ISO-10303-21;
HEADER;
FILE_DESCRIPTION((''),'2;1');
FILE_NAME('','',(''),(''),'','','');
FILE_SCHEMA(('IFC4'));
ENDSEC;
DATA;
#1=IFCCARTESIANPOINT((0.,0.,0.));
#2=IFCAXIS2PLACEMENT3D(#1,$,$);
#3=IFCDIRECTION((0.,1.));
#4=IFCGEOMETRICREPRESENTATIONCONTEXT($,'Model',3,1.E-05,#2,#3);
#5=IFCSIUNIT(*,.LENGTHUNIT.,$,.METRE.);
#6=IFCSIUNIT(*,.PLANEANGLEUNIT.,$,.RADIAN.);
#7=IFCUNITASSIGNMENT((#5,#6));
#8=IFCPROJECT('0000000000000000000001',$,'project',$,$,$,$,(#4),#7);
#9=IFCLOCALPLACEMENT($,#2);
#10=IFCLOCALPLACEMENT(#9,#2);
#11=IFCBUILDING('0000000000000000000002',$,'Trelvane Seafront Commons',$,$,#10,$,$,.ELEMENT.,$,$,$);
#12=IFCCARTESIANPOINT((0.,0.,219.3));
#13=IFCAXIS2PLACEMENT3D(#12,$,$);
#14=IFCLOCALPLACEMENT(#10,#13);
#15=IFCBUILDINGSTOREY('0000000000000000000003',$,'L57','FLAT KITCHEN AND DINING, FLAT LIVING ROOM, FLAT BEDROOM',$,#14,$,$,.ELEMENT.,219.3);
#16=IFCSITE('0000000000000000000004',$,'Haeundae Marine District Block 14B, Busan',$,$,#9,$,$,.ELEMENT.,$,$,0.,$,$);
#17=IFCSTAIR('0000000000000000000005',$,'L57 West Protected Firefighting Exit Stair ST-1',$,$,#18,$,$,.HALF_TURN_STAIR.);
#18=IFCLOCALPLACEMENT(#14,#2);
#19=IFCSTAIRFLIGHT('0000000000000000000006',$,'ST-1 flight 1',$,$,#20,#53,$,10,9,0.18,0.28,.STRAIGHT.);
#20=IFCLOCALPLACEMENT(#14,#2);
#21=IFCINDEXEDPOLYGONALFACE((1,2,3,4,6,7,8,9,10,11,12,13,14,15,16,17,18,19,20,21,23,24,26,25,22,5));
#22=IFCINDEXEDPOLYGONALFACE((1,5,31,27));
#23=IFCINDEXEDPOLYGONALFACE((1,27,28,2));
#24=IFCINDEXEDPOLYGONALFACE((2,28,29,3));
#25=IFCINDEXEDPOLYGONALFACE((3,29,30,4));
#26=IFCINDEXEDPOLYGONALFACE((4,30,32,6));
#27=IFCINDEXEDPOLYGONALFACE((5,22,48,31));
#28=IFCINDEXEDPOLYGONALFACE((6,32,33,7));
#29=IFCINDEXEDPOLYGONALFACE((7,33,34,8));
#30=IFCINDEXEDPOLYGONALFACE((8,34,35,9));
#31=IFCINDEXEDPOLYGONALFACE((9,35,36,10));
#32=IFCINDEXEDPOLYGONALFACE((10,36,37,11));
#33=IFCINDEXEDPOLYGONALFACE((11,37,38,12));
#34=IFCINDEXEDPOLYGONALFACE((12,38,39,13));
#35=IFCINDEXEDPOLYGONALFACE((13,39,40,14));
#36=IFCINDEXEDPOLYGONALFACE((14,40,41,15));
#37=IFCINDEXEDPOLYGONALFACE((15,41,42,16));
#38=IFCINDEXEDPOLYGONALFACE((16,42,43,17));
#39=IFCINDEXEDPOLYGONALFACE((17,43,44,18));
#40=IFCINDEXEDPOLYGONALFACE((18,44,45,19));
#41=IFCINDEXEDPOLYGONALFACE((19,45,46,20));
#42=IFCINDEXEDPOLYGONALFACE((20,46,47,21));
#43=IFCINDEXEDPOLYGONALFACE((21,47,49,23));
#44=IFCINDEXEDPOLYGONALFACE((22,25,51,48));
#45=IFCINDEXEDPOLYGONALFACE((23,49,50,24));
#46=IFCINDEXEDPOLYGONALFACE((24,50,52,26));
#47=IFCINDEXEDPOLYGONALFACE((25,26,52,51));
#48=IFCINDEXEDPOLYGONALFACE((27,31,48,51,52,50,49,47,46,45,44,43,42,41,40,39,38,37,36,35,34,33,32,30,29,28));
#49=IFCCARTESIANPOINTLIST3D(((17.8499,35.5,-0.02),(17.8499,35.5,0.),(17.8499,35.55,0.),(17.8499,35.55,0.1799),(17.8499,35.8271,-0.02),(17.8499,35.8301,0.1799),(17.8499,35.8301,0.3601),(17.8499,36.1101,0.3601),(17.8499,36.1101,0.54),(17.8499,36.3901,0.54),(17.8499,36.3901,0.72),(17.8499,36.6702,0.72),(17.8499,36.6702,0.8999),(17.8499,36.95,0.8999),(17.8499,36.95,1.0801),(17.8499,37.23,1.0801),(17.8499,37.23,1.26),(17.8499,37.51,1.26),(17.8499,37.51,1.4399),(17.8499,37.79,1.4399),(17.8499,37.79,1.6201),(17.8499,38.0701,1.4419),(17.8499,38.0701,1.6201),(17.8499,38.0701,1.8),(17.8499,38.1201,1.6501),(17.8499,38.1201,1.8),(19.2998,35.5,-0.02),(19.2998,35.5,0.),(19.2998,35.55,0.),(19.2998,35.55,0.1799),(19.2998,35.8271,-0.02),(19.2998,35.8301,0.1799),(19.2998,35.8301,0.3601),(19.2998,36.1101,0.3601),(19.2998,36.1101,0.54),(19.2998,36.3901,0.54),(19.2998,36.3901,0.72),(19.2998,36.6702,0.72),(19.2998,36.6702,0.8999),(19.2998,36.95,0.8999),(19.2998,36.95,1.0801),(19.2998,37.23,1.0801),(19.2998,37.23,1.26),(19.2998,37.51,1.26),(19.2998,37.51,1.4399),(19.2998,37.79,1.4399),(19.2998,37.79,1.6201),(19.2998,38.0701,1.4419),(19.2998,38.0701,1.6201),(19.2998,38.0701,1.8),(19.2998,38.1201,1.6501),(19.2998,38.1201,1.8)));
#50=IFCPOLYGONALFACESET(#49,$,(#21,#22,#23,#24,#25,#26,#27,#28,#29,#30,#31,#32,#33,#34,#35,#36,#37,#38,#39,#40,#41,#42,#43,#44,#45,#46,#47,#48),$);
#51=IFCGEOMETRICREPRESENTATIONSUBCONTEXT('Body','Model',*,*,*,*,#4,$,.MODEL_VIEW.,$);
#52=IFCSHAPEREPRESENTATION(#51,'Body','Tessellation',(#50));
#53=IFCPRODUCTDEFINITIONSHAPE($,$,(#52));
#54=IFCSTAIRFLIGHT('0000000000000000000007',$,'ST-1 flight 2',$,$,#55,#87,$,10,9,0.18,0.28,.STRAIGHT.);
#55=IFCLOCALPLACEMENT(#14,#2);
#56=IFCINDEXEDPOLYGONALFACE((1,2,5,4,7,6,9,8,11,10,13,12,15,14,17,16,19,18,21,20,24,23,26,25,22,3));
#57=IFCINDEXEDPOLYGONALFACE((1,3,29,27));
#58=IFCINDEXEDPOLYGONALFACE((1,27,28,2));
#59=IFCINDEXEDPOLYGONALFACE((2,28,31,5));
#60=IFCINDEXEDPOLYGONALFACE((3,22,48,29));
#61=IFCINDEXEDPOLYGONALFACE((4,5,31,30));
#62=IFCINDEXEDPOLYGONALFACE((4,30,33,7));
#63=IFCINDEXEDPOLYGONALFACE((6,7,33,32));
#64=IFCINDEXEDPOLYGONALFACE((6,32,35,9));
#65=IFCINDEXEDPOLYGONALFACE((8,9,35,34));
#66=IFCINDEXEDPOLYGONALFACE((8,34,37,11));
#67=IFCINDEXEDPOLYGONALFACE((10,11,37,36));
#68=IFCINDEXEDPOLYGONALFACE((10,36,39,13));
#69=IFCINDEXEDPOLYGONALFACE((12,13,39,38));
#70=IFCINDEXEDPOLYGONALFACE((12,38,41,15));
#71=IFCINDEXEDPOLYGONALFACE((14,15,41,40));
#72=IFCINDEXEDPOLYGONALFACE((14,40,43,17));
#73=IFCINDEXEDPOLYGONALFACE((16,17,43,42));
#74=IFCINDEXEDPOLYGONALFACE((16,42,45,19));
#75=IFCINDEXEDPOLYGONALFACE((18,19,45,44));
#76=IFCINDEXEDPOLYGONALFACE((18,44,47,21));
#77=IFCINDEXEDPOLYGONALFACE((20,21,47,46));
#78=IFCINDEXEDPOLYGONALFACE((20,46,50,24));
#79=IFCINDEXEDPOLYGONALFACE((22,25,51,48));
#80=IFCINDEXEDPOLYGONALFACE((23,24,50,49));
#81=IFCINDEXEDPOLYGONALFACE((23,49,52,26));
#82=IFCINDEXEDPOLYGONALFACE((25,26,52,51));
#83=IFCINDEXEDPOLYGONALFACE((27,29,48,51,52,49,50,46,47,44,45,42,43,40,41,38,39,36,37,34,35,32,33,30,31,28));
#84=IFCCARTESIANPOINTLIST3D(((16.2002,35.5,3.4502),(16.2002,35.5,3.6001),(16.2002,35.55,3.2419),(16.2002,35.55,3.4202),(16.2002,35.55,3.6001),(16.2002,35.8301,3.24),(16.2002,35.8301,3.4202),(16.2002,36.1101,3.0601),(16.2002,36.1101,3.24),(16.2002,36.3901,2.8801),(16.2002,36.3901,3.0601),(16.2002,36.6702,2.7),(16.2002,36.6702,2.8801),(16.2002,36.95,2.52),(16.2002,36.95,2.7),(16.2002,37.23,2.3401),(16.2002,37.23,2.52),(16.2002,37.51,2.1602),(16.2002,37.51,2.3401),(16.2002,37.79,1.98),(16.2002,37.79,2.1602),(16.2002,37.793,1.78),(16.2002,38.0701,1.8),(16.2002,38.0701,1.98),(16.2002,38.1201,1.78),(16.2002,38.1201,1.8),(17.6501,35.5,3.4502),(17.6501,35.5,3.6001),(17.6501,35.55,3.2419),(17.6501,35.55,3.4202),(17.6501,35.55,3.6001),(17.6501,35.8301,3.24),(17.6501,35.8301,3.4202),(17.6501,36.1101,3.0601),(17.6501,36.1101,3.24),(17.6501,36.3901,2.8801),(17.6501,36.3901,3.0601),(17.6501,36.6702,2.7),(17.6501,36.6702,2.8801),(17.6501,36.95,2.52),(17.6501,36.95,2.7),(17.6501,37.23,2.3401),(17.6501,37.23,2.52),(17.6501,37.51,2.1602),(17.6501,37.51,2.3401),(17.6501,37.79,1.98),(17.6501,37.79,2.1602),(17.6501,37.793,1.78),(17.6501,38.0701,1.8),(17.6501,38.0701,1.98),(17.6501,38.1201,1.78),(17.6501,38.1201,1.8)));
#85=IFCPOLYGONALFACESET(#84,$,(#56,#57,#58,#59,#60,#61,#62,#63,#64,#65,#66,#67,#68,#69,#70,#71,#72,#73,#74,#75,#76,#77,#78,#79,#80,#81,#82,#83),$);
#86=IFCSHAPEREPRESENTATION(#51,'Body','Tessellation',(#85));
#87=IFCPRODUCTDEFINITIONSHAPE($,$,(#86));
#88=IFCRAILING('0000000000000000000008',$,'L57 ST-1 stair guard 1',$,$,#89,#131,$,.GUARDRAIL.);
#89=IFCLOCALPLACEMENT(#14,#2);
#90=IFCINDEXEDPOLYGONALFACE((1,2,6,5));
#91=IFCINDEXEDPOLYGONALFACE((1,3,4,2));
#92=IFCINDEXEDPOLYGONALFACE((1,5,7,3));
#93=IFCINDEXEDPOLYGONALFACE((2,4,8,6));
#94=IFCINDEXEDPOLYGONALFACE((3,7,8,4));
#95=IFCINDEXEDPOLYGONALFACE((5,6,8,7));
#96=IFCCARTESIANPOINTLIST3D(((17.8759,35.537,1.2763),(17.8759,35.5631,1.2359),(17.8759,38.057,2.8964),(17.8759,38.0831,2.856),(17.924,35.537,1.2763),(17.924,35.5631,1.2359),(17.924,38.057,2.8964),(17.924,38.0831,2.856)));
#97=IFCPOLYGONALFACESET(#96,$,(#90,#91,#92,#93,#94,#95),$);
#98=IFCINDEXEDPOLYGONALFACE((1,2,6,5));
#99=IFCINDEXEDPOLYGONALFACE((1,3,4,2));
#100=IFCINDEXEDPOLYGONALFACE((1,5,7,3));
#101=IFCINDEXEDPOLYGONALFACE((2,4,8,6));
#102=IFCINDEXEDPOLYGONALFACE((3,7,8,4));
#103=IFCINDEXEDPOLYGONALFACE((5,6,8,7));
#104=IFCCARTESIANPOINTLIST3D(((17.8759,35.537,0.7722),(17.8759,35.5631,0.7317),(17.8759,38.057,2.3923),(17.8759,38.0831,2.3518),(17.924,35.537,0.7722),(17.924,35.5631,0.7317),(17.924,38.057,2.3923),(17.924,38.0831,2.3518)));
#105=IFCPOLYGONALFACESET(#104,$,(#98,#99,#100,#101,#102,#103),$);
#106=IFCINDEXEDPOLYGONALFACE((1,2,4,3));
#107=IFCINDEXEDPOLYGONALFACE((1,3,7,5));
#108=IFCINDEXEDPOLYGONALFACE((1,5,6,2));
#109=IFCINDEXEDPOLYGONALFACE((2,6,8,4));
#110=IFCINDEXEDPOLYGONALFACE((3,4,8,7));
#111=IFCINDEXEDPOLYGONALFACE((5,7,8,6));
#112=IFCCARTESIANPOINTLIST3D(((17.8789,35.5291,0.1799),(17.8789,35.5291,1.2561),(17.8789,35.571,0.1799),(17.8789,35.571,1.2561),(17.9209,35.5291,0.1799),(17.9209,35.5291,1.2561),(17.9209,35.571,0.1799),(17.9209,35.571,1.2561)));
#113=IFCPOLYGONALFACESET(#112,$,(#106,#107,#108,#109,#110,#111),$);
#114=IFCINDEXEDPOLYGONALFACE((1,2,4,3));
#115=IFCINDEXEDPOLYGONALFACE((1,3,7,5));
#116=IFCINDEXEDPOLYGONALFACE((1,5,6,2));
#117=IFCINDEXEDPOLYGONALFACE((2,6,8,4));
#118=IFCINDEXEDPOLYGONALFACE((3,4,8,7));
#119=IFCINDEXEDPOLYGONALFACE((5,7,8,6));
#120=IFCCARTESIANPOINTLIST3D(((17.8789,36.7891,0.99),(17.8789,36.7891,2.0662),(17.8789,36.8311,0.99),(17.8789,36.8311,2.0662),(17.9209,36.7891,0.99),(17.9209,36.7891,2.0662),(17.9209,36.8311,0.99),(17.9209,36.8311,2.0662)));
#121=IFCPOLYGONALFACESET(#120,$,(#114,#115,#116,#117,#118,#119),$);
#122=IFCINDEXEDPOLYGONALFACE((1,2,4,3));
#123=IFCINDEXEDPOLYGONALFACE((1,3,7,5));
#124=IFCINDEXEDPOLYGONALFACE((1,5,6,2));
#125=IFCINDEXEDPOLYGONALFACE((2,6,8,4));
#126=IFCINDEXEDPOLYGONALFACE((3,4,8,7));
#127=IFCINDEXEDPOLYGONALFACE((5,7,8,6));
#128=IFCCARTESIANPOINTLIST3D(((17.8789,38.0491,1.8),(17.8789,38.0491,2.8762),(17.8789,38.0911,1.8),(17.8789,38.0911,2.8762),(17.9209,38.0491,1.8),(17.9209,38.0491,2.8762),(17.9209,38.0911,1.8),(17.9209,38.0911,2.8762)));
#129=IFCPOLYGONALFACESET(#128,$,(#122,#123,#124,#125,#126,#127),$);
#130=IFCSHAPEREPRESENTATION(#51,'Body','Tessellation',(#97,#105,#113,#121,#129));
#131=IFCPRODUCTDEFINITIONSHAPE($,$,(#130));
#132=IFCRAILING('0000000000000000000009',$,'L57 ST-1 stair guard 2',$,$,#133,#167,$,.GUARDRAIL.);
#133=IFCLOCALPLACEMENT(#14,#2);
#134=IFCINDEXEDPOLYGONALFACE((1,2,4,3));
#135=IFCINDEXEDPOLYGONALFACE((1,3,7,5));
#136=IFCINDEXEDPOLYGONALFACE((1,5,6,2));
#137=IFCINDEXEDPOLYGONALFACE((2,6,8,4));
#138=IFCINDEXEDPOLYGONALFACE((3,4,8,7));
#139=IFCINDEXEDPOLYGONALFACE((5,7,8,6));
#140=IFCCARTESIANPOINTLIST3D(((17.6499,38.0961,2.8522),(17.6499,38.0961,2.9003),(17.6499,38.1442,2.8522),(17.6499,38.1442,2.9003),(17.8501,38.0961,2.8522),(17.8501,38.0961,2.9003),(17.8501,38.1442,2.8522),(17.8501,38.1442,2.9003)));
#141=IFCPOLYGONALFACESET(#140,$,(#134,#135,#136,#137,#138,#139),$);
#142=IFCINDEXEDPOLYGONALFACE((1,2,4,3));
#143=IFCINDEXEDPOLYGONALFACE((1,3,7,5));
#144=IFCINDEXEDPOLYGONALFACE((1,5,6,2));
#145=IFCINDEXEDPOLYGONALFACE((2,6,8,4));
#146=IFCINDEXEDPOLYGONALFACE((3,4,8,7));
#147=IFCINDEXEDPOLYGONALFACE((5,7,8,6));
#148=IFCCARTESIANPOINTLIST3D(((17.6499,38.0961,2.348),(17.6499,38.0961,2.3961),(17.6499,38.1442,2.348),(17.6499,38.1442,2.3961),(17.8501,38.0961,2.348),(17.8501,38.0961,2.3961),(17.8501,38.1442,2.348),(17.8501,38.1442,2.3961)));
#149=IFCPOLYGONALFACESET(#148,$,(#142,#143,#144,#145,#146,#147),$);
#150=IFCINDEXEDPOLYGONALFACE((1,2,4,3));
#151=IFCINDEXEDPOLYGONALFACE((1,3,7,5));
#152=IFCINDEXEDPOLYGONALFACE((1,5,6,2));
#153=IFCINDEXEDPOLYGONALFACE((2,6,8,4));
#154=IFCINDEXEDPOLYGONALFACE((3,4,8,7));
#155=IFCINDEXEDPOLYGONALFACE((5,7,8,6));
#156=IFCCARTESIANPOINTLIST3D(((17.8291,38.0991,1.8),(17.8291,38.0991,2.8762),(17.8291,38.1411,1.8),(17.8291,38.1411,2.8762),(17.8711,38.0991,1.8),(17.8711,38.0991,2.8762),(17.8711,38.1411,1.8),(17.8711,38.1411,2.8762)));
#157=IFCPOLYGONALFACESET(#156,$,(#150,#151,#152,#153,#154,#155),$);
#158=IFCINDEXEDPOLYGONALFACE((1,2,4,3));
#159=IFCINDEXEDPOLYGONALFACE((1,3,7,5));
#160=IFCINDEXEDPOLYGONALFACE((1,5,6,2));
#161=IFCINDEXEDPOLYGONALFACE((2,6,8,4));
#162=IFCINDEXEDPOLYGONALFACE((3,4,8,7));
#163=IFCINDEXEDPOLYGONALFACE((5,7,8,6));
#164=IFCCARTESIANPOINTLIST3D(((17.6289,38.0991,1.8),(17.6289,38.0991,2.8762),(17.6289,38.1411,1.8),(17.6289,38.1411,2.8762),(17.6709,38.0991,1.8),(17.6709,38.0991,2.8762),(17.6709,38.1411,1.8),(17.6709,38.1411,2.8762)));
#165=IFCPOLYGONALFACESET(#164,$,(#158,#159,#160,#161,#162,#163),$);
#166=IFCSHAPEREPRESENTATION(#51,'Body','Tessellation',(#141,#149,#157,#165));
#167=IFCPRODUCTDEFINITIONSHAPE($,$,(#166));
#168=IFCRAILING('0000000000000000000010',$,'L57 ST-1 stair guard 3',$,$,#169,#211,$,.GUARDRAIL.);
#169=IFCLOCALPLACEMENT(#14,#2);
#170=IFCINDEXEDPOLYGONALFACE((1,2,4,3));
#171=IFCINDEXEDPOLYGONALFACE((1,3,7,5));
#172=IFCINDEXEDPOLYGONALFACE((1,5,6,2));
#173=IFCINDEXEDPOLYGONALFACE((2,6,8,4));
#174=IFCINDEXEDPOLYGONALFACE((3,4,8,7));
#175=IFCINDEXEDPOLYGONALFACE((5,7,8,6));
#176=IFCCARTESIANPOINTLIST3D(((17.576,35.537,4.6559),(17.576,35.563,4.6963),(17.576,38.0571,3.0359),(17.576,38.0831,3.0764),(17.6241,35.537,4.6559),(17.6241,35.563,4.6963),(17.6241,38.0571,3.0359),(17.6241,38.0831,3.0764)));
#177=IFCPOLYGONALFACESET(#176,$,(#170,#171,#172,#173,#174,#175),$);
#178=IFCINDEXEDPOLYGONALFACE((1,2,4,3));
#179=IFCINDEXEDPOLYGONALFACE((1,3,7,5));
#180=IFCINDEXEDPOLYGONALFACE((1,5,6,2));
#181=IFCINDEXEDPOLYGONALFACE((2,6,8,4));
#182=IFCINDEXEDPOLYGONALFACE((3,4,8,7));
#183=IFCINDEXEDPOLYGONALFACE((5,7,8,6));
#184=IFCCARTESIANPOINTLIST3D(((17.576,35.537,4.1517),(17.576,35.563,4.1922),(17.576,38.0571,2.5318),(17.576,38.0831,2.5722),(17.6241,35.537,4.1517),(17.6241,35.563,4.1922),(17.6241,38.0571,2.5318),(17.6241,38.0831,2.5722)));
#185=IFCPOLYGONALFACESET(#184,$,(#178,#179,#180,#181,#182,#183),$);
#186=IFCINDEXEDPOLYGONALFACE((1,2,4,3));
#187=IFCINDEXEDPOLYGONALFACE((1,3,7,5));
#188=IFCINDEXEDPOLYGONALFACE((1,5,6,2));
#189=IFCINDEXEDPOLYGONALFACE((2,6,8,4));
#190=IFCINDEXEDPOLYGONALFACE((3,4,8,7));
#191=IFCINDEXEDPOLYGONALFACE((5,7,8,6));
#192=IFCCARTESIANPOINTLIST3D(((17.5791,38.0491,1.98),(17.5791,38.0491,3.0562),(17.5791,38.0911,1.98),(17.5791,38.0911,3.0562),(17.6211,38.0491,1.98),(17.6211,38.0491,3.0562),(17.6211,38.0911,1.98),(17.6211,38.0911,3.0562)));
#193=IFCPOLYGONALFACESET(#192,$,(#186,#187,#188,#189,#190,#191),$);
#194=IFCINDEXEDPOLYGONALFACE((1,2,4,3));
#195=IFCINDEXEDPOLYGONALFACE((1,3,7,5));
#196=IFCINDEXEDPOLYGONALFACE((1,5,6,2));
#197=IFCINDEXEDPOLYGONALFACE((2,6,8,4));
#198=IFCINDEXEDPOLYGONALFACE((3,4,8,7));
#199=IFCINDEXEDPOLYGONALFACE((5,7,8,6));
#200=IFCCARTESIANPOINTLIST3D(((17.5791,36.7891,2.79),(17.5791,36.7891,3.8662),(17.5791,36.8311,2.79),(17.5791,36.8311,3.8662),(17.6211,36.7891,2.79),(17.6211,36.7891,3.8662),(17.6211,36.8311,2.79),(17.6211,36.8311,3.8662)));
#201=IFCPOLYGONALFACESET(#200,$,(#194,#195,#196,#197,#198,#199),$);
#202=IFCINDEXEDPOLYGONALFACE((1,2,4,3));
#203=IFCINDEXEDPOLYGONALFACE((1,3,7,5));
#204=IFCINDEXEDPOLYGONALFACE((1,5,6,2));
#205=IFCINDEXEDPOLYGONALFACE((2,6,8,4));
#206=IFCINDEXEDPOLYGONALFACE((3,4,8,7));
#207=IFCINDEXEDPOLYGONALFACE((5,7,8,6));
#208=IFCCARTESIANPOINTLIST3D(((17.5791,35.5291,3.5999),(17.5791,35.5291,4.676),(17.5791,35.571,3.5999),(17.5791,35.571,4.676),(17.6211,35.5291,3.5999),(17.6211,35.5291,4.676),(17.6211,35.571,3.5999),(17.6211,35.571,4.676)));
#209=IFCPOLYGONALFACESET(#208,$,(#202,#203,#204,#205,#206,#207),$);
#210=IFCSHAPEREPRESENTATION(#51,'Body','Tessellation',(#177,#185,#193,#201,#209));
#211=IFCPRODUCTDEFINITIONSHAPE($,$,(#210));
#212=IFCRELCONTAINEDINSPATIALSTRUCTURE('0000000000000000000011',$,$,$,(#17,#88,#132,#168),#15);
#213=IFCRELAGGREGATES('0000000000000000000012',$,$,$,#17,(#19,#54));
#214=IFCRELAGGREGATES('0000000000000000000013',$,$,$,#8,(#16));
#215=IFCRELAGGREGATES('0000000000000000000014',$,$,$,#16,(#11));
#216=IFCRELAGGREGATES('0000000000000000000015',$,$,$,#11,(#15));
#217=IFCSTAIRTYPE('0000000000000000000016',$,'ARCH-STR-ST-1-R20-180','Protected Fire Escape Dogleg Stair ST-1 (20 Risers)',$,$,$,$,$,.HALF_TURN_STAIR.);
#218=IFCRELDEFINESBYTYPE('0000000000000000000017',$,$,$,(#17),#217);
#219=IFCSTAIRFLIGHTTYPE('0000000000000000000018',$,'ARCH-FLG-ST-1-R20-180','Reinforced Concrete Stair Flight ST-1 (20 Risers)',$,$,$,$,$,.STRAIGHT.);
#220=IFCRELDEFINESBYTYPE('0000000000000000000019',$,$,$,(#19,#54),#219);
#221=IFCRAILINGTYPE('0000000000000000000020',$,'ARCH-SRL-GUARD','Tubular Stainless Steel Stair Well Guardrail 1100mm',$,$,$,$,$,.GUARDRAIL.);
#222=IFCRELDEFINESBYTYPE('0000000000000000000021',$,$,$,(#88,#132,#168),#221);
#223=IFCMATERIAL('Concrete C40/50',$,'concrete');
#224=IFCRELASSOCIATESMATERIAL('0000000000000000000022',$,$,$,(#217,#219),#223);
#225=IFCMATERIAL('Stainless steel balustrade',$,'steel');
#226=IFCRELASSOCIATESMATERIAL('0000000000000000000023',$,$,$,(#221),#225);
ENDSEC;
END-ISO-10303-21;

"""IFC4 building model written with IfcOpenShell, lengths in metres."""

from ifc_helpers import new_model, si_unit, direction, frame, origin, origin_2d, place, context, subcontext, project, spatial, polyline, rectangle, outline, extrude, source, transform, mapped, material, type_object, element, aggregate, save


model = new_model("IFC4")

# Units and contexts
model_context = context("Model", 3, precision=1e-05, world=origin(), true_north=direction((0.0, 1.0)))
body_context = subcontext(model_context, "Body", "Model", "MODEL_VIEW")
ifc_project = project(units=[si_unit("LENGTHUNIT", "METRE"), si_unit("PLANEANGLEUNIT", "RADIAN")], contexts=[model_context])

# Site, building, storey
site_placement = place(None, origin())
site = spatial("IfcSite", under=ifc_project, at=site_placement, Name="Haeundae Marine District Block 14B, Busan", CompositionType="ELEMENT", RefElevation=0.0)
building_placement = place(site_placement, origin())
building = spatial("IfcBuilding", under=site, at=building_placement, Name="Trelvane Seafront Commons", CompositionType="ELEMENT")
storey_placement = place(building_placement, frame((0.0, 0.0, 219.3)))
storey = spatial("IfcBuildingStorey", under=building, at=storey_placement, Name="L57", Description="FLAT KITCHEN AND DINING, FLAT LIVING ROOM, FLAT BEDROOM", CompositionType="ELEMENT", Elevation=219.3)

# Shared definitions
ifc_material_1 = material(Name="Concrete C40/50", Category="concrete")
ifc_material_2 = material(Name="Stainless steel balustrade", Category="steel")

# Stair, stair flights
stair_type = type_object("IfcStairType", Name="ARCH-STR-ST-1-R20-180", Description="Protected Fire Escape Dogleg Stair ST-1 (20 Risers)", PredefinedType="HALF_TURN_STAIR", material=ifc_material_1)
stair_placement = place(storey_placement, origin())
stair = element("IfcStair", 1, at=stair_placement, inside=storey, type_object=stair_type, Name="L57 West Protected Firefighting Exit Stair ST-1", PredefinedType="HALF_TURN_STAIR")
stair_flight_type = type_object("IfcStairFlightType", Name="ARCH-FLG-ST-1-R20-180", Description="Reinforced Concrete Stair Flight ST-1 (20 Risers)", PredefinedType="STRAIGHT", material=ifc_material_1)
shared_shape_1 = source(origin(), body_context, "Body", "SweptSolid", [
    extrude(outline(polyline([(-0.05, -0.02), (-0.05, 0.0), (0.0, 0.0), (0.0, 0.1799), (0.28, 0.1799), (0.28, 0.3601), (0.5601, 0.3601), (0.5601, 0.54), (0.8401, 0.54), (0.8401, 0.72), (1.1201, 0.72), (1.1201, 0.8999), (1.3999, 0.8999), (1.3999, 1.0801), (1.6799, 1.0801), (1.6799, 1.26), (1.96, 1.26), (1.96, 1.4399), (2.24, 1.4399), (2.24, 1.6201), (2.52, 1.6201), (2.52, 1.8), (2.5701, 1.8), (2.5701, 1.6501), (2.52, 1.4419), (0.2771, -0.02), (-0.05, -0.02)])), frame((0.0, 0.7251, 0.0), z_axis=(0.0, -1.0, 0.0), x_axis=(1.0, 0.0, 0.0)), (0.0, 0.0, 1.0), 1.45),
])
stair_flight_1_placement = place(storey_placement, frame((18.575, 35.55, 0.0), z_axis=(0.0, 0.0, 1.0), x_axis=(0.0, 1.0, 0.0)))
stair_flight_1 = element("IfcStairFlight", 2, at=stair_flight_1_placement, type_object=stair_flight_type, Name="ST-1 flight 1", NumberOfRisers=10, NumberOfTreads=9, PredefinedType="STRAIGHT", RiserHeight=0.18, TreadLength=0.28, context=body_context, shape_type="MappedRepresentation", body=[
    mapped(shared_shape_1, transform((0.0, 0.0, 0.0), x_axis=(1.0, 0.0, 0.0), y_axis=(0.0, 1.0, 0.0), z_axis=(0.0, 0.0, 1.0), scale=1.0)),
])
stair_flight_2_placement = place(storey_placement, frame((16.925, 38.0701, 1.8), z_axis=(0.0, 0.0, 1.0), x_axis=(0.0, -1.0, 0.0)))
stair_flight_2 = element("IfcStairFlight", 3, at=stair_flight_2_placement, type_object=stair_flight_type, Name="ST-1 flight 2", NumberOfRisers=10, NumberOfTreads=9, PredefinedType="STRAIGHT", RiserHeight=0.18, TreadLength=0.28, context=body_context, shape_type="MappedRepresentation", body=[
    mapped(shared_shape_1, transform((0.0, 0.0, 0.0), x_axis=(1.0, 0.0, 0.0), y_axis=(0.0, 1.0, 0.0), z_axis=(0.0, 0.0, 1.0), scale=1.0)),
])
aggregate(stair, [stair_flight_1, stair_flight_2])

# Railings
railing_type_1 = type_object("IfcRailingType", Name="ARCH-SRL-GUARD", Description="Tubular Stainless Steel Stair Well Guardrail 1100mm", PredefinedType="GUARDRAIL", material=ifc_material_2)
railing_1_placement = place(storey_placement, frame((17.8999, 35.55, 0.1799)))
element("IfcRailing", 4, at=railing_1_placement, inside=storey, type_object=railing_type_1, Name="L57 ST-1 stair guard 1", PredefinedType="GUARDRAIL", context=body_context, shape_type="SweptSolid", body=[
    extrude(rectangle(XDim=0.0481, YDim=0.0481, at=origin_2d()), frame((0.0, 0.0, 1.0762), z_axis=(0.0, 0.841163, 0.540782), x_axis=(-1.0, 0.0, 0.0)), (0.0, 0.0, 1.0), 2.9958),
    extrude(rectangle(XDim=0.0481, YDim=0.0481, at=origin_2d()), frame((0.0, 0.0, 0.572), z_axis=(0.0, 0.841163, 0.540782), x_axis=(-1.0, 0.0, 0.0)), (0.0, 0.0, 1.0), 2.9958),
    extrude(rectangle(XDim=0.042, YDim=0.042, at=origin_2d()), origin(), (0.0, 0.0, 1.0), 1.0762),
    extrude(rectangle(XDim=0.042, YDim=0.042, at=origin_2d()), frame((0.0, 1.26, 0.8101)), (0.0, 0.0, 1.0), 1.0762),
    extrude(rectangle(XDim=0.042, YDim=0.042, at=origin_2d()), frame((0.0, 2.52, 1.6201)), (0.0, 0.0, 1.0), 1.0762),
])
railing_2_placement = place(storey_placement, frame((17.8501, 38.1201, 1.8)))
element("IfcRailing", 5, at=railing_2_placement, inside=storey, type_object=railing_type_1, Name="L57 ST-1 stair guard 2", PredefinedType="GUARDRAIL", context=body_context, shape_type="SweptSolid", body=[
    extrude(rectangle(XDim=0.0481, YDim=0.0481, at=origin_2d()), frame((0.0, 0.0, 1.0762), z_axis=(-1.0, 0.0, 0.0), x_axis=(0.0, -1.0, 0.0)), (0.0, 0.0, 1.0), 0.2002),
    extrude(rectangle(XDim=0.0481, YDim=0.0481, at=origin_2d()), frame((0.0, 0.0, 0.572), z_axis=(-1.0, 0.0, 0.0), x_axis=(0.0, -1.0, 0.0)), (0.0, 0.0, 1.0), 0.2002),
    extrude(rectangle(XDim=0.042, YDim=0.042, at=origin_2d()), origin(), (0.0, 0.0, 1.0), 1.0762),
    extrude(rectangle(XDim=0.042, YDim=0.042, at=origin_2d()), frame((-0.2002, 0.0, 0.0)), (0.0, 0.0, 1.0), 1.0762),
])
railing_3_placement = place(storey_placement, frame((17.6001, 38.0701, 1.98)))
element("IfcRailing", 6, at=railing_3_placement, inside=storey, type_object=railing_type_1, Name="L57 ST-1 stair guard 3", PredefinedType="GUARDRAIL", context=body_context, shape_type="SweptSolid", body=[
    extrude(rectangle(XDim=0.0481, YDim=0.0481, at=origin_2d()), frame((0.0, 0.0, 1.0762), z_axis=(0.0, -0.8412, 0.540725), x_axis=(1.0, 0.0, 0.0)), (0.0, 0.0, 1.0), 2.9958),
    extrude(rectangle(XDim=0.0481, YDim=0.0481, at=origin_2d()), frame((0.0, 0.0, 0.572), z_axis=(0.0, -0.8412, 0.540725), x_axis=(1.0, 0.0, 0.0)), (0.0, 0.0, 1.0), 2.9958),
    extrude(rectangle(XDim=0.042, YDim=0.042, at=origin_2d()), origin(), (0.0, 0.0, 1.0), 1.0762),
    extrude(rectangle(XDim=0.042, YDim=0.042, at=origin_2d()), frame((0.0, -1.26, 0.8101)), (0.0, 0.0, 1.0), 1.0762),
    extrude(rectangle(XDim=0.042, YDim=0.042, at=origin_2d()), frame((0.0, -2.52, 1.6199)), (0.0, 0.0, 1.0), 1.0762),
])

save(model, "model.ifc")
